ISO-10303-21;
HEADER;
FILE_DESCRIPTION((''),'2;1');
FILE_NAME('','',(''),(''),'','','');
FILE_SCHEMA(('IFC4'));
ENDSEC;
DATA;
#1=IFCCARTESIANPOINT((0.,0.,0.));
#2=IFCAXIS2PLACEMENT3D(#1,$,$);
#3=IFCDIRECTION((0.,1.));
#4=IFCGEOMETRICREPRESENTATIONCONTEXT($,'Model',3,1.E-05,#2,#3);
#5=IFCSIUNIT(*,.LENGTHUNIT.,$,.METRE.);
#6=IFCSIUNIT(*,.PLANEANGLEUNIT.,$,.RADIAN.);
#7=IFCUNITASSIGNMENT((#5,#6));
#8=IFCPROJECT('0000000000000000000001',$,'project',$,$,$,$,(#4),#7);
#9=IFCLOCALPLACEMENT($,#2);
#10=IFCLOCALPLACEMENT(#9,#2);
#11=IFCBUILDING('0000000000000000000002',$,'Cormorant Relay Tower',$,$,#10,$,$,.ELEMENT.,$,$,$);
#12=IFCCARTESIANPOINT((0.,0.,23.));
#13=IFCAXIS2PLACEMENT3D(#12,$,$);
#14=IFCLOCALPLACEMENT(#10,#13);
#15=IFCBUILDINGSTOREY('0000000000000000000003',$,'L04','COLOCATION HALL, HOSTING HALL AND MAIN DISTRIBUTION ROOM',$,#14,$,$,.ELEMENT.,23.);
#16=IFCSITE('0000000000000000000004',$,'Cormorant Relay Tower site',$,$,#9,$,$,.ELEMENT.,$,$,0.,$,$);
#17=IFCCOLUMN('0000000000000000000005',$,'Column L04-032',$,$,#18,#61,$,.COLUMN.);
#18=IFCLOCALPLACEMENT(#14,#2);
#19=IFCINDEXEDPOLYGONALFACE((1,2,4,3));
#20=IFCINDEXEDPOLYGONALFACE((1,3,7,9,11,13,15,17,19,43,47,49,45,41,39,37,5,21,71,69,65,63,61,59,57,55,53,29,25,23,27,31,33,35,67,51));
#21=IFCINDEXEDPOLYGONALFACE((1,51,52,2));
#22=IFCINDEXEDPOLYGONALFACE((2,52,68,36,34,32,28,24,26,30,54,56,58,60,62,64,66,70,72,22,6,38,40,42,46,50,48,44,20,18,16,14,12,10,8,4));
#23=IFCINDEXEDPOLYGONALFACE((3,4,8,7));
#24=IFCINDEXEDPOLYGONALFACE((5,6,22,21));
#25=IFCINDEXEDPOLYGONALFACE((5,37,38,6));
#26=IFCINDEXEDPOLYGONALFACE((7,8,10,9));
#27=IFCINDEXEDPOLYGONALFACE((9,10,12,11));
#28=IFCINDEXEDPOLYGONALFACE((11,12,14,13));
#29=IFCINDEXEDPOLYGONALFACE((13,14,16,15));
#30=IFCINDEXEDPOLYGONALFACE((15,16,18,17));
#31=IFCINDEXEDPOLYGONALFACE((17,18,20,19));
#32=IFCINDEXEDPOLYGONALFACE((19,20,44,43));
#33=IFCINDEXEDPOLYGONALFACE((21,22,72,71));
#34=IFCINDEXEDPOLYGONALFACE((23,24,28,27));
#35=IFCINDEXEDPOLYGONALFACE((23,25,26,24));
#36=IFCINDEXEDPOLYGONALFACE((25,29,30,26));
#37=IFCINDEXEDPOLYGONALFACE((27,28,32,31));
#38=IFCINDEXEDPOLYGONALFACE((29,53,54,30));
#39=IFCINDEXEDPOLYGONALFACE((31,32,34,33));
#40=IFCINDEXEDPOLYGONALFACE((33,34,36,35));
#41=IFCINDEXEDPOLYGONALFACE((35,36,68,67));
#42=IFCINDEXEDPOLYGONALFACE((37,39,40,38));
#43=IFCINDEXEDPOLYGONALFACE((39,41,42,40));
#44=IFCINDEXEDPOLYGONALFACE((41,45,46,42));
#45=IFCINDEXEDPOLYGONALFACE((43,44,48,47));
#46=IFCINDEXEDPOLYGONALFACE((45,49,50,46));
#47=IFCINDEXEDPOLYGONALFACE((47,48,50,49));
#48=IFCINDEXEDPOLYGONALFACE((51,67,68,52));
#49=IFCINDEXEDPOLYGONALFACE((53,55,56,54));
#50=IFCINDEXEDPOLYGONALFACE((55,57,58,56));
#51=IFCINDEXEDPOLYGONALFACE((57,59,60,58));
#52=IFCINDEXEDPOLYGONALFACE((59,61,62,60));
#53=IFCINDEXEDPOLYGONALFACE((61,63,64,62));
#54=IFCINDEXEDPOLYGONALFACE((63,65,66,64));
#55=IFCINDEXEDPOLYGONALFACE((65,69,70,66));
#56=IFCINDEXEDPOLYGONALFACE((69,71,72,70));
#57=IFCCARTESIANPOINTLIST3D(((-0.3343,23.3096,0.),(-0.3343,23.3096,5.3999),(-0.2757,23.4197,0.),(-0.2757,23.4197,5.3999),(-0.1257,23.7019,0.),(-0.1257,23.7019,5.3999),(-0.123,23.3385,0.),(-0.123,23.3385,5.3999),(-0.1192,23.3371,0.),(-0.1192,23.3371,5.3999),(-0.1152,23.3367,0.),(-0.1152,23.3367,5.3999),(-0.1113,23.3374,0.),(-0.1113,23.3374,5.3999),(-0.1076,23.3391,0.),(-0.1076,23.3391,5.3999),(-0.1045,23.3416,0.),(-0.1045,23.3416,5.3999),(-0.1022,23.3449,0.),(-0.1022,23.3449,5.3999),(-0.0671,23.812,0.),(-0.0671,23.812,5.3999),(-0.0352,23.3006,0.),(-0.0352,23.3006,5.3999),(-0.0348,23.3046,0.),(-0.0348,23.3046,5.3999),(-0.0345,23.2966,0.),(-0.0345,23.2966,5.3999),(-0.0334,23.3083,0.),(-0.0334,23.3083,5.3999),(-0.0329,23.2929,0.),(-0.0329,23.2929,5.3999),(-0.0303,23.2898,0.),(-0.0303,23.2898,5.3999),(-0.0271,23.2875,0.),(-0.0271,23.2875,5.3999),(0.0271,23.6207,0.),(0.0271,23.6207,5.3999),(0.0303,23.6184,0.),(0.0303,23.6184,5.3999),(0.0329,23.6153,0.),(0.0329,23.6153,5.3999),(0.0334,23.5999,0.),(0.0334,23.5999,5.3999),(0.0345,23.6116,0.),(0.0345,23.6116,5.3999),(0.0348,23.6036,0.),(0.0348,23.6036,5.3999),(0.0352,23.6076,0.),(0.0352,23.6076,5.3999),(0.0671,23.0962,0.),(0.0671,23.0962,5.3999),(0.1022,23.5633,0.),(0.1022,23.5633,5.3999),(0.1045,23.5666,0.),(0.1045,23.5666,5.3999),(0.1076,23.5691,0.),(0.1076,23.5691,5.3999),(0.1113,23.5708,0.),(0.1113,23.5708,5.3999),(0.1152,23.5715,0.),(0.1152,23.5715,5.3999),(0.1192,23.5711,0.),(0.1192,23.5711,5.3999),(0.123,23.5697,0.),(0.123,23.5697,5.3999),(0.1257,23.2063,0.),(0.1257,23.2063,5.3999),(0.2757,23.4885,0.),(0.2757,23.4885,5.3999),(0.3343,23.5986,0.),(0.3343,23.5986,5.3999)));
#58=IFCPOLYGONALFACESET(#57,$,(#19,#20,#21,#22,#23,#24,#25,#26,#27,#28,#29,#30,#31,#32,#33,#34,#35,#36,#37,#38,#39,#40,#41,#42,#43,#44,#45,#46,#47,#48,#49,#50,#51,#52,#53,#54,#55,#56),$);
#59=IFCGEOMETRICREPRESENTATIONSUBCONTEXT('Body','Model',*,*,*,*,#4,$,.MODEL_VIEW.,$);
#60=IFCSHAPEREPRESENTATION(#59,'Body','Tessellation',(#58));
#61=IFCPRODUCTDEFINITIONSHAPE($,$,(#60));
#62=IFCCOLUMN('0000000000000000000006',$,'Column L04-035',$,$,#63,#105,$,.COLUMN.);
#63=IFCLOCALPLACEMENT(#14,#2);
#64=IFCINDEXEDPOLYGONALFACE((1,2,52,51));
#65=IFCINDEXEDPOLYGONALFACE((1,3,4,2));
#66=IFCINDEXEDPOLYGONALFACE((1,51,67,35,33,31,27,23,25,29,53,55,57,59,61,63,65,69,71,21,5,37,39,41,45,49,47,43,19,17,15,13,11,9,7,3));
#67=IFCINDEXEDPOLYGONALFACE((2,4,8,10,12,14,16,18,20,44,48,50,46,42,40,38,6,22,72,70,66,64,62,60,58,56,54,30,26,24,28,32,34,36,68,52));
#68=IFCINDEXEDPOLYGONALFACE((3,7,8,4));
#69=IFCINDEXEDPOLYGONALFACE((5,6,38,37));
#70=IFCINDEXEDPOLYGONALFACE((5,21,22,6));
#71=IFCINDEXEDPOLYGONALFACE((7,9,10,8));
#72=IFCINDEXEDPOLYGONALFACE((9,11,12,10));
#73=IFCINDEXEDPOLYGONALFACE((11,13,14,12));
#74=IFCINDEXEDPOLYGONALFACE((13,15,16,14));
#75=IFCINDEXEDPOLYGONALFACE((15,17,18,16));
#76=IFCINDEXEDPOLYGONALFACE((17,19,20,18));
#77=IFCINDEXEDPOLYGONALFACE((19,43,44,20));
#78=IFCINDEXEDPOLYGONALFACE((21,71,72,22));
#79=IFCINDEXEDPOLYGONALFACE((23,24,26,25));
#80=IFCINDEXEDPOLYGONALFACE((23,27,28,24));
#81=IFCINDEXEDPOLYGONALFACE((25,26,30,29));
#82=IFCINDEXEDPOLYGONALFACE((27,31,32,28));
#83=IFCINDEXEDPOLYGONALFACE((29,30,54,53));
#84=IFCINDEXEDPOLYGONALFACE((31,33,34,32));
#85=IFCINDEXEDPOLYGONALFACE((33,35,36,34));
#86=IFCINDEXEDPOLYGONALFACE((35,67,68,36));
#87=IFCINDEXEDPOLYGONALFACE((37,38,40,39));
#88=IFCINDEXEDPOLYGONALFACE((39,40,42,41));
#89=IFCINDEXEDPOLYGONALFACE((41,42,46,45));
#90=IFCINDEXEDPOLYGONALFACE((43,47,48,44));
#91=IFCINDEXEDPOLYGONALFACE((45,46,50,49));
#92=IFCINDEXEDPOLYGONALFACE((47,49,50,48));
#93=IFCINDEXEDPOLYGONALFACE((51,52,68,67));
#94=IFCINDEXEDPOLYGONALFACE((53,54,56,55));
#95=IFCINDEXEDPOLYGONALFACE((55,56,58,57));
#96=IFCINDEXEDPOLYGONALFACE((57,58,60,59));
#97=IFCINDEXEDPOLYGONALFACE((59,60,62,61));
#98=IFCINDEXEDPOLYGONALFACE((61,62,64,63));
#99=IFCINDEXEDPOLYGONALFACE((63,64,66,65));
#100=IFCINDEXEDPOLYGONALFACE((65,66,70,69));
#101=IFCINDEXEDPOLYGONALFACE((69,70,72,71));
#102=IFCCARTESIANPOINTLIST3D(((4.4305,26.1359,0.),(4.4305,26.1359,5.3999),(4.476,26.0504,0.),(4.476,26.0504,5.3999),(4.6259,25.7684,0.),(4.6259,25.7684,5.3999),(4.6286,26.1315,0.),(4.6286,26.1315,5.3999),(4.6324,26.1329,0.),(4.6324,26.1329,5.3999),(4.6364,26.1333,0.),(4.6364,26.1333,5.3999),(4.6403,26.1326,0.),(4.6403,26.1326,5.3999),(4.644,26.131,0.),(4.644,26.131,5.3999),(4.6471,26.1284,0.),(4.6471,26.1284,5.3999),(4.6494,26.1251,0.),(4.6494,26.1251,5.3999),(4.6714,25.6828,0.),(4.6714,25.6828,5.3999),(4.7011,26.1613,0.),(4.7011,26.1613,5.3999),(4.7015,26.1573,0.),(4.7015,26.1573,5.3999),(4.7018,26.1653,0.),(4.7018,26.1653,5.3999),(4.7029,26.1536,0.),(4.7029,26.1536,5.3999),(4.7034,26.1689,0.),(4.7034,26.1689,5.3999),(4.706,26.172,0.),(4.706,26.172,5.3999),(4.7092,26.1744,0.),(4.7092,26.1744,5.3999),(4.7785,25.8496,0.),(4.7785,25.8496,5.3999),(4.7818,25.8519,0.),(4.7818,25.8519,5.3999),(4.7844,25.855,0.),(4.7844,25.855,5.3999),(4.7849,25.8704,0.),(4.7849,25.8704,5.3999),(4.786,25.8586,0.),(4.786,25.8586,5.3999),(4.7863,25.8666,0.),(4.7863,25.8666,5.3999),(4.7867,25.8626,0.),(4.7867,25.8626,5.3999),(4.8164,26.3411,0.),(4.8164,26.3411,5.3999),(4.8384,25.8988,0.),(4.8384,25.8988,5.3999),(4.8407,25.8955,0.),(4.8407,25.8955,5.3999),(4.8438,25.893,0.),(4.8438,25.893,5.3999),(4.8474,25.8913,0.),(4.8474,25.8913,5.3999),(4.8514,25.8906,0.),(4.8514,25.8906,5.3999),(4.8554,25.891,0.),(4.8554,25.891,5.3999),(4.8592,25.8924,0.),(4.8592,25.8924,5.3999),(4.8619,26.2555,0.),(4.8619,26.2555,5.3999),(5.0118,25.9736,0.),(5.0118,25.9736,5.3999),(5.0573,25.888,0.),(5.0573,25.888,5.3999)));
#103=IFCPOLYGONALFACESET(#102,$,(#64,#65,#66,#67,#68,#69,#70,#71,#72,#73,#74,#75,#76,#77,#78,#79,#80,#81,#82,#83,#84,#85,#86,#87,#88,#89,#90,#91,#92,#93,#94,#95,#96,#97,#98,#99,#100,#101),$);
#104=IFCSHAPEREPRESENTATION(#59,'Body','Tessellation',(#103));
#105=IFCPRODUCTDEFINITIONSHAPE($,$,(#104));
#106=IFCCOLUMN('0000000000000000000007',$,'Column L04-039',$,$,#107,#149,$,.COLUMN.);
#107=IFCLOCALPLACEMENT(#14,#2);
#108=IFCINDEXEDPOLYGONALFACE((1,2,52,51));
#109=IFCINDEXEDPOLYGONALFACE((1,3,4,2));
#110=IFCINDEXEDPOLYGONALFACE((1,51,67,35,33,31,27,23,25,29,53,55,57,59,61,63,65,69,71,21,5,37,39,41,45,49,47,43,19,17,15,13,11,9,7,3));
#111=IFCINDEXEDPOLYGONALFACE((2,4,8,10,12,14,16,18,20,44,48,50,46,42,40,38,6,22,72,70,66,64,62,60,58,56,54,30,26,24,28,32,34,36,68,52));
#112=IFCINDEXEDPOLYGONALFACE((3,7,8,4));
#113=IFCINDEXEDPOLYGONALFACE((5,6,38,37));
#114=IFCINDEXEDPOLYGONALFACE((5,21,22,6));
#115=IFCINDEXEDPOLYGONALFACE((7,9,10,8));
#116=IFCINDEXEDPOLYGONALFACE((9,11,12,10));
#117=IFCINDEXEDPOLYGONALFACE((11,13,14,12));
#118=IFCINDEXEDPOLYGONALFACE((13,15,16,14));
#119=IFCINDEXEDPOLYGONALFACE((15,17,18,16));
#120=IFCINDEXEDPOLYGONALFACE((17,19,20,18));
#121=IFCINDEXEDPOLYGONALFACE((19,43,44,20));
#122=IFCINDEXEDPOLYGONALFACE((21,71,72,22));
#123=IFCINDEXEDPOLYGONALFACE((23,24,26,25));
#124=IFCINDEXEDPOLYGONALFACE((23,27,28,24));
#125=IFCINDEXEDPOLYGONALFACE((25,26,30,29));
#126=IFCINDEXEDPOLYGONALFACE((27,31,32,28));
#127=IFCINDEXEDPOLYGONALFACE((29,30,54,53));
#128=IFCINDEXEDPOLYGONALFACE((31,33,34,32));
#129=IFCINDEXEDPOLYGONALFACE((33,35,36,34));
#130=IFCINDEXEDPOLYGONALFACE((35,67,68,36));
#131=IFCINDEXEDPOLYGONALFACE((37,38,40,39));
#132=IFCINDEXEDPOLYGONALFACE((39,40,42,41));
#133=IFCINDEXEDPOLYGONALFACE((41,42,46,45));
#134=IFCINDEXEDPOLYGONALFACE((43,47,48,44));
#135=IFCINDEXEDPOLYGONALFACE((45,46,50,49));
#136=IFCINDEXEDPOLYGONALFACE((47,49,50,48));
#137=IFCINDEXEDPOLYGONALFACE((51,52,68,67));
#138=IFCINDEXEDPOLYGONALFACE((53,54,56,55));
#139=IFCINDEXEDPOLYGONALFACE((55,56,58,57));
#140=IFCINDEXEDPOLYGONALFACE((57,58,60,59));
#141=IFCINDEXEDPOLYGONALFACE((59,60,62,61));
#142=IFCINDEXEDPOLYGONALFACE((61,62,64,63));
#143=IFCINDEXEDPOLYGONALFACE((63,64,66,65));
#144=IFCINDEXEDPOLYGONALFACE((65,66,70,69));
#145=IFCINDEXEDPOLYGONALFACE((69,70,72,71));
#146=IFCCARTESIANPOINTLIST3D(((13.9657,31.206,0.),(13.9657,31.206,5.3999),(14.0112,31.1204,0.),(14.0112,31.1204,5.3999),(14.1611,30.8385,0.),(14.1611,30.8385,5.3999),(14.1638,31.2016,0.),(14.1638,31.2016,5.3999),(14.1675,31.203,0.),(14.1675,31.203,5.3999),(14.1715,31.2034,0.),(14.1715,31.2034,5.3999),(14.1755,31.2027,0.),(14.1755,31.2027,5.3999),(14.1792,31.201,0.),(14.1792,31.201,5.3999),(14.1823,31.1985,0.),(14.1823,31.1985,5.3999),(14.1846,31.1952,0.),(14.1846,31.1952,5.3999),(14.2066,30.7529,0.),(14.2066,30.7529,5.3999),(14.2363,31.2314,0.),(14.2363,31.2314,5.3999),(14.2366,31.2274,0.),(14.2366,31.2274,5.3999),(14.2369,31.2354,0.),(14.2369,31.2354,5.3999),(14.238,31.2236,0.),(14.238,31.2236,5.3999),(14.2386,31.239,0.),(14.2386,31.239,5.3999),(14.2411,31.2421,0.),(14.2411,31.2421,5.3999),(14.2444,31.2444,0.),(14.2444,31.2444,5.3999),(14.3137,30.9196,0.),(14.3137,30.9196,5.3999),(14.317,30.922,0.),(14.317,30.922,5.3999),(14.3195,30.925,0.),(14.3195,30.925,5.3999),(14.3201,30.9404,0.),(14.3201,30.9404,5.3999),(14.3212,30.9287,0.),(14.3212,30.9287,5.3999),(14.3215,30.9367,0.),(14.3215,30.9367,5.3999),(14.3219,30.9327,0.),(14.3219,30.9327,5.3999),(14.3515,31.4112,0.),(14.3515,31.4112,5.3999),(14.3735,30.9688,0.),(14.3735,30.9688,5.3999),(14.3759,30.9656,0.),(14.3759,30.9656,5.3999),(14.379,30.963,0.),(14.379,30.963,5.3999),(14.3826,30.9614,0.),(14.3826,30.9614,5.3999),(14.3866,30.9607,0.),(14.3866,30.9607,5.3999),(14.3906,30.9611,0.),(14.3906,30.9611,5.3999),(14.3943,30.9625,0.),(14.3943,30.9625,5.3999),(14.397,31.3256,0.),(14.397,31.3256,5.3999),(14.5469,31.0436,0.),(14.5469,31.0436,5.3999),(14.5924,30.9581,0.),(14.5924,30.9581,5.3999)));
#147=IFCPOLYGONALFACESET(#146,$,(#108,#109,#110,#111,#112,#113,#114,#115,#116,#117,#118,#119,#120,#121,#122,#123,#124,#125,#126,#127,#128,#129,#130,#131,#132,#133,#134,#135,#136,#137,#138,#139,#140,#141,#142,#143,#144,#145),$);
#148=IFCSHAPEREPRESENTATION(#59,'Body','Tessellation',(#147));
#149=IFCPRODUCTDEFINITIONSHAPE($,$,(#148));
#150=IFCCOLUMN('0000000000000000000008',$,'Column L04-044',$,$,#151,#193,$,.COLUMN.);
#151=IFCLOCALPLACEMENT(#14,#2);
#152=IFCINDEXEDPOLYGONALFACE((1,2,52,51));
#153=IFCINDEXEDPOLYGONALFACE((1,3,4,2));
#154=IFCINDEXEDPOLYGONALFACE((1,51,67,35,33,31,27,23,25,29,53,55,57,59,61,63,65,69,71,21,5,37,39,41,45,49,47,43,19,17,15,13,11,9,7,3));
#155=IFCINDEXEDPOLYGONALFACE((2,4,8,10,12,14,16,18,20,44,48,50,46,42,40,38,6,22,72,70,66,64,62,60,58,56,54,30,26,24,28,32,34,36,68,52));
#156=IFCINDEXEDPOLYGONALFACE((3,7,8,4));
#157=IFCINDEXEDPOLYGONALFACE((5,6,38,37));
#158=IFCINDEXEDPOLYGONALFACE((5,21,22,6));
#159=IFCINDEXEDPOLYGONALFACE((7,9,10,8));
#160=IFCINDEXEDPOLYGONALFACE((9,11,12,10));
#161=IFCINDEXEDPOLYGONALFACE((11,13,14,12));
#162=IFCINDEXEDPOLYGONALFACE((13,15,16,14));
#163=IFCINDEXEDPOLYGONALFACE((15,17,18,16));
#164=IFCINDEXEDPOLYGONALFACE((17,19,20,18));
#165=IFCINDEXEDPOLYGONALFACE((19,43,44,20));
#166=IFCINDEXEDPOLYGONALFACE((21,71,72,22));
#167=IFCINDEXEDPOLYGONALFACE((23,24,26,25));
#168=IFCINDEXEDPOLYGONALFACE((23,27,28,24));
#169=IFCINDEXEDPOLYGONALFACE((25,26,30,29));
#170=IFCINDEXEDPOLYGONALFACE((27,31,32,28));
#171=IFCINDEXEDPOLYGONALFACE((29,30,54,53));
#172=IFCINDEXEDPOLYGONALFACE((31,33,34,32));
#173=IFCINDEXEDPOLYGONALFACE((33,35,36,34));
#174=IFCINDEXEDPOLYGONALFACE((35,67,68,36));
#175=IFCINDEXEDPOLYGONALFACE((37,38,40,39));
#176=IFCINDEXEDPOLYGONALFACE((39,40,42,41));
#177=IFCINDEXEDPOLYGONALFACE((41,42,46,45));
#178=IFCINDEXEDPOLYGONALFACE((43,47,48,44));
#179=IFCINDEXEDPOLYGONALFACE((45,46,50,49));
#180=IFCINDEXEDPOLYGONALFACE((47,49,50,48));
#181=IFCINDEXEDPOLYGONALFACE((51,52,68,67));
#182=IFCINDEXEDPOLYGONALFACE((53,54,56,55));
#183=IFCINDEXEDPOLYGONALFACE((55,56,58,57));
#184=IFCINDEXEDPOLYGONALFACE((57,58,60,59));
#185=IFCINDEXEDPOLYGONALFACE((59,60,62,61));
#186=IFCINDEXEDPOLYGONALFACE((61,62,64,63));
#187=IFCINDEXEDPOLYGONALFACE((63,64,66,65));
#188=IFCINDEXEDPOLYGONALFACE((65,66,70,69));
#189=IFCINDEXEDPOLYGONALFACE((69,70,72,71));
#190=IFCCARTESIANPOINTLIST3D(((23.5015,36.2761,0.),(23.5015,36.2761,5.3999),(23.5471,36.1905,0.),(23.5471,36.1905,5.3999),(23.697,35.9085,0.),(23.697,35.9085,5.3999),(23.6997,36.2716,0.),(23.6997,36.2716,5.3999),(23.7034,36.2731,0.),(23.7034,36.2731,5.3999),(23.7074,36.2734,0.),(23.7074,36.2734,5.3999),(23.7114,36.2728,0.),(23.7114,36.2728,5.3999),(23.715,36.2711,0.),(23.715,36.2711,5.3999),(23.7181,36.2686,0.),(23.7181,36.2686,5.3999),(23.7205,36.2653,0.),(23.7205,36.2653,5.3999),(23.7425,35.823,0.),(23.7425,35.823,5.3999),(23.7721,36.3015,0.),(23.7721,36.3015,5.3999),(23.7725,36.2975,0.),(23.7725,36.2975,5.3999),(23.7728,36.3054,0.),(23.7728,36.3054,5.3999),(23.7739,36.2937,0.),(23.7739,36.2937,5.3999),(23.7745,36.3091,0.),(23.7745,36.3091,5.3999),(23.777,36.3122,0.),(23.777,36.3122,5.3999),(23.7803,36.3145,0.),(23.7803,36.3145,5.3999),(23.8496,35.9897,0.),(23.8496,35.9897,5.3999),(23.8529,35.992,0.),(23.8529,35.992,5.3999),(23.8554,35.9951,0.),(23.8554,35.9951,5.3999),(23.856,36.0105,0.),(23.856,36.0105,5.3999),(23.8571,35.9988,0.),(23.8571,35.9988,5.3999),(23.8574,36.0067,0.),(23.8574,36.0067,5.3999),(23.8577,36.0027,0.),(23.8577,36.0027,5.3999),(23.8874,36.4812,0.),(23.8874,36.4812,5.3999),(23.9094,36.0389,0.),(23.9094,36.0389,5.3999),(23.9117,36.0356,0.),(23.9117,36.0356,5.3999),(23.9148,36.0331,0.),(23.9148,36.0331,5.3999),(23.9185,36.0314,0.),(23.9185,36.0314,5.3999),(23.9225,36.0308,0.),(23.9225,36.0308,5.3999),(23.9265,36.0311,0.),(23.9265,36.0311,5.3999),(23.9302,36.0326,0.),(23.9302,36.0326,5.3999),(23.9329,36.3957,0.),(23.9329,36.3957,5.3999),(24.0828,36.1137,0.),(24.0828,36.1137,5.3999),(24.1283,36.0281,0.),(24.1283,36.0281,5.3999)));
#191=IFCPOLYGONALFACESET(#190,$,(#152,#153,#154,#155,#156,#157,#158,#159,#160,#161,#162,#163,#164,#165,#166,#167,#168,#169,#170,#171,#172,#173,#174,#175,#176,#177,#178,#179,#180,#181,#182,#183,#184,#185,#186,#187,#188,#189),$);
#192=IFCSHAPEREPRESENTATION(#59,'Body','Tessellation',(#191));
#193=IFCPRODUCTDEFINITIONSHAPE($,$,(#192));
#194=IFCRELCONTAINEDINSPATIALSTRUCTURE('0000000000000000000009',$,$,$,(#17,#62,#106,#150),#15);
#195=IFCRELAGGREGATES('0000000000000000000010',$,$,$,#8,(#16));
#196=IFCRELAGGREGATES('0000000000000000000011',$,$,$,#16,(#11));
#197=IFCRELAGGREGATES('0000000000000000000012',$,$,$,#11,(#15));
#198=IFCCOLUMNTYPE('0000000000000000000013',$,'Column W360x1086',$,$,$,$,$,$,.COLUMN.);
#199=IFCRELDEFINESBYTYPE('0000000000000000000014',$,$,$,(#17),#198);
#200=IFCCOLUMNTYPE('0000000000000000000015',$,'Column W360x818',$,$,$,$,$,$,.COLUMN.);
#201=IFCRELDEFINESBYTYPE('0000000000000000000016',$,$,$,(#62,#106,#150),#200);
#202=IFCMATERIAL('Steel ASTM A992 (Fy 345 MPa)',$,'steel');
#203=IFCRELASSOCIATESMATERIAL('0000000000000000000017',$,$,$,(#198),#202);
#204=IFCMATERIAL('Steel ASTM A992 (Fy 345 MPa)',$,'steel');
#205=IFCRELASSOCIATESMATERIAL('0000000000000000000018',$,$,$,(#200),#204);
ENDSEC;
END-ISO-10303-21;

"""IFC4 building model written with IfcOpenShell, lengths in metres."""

from ifc_helpers import new_model, si_unit, direction, frame, origin, origin_2d, place, context, subcontext, project, spatial, i_section, extrude, material, material_profile, profile_set, type_object, element, save


model = new_model("IFC4")

# Units and contexts
model_context = context("Model", 3, precision=1e-05, world=origin(), true_north=direction((0.0, 1.0)))
body_context = subcontext(model_context, "Body", "Model", "MODEL_VIEW")
ifc_project = project(units=[si_unit("LENGTHUNIT", "METRE"), si_unit("PLANEANGLEUNIT", "RADIAN")], contexts=[model_context])

# Site, building, storey
site_placement = place(None, origin())
site = spatial("IfcSite", under=ifc_project, at=site_placement, Name="Cormorant Relay Tower site", CompositionType="ELEMENT", RefElevation=0.0)
building_placement = place(site_placement, origin())
building = spatial("IfcBuilding", under=site, at=building_placement, Name="Cormorant Relay Tower", CompositionType="ELEMENT")
storey_placement = place(building_placement, frame((0.0, 0.0, 23.0)))
storey = spatial("IfcBuildingStorey", under=building, at=storey_placement, Name="L04", Description="COLOCATION HALL, HOSTING HALL AND MAIN DISTRIBUTION ROOM", CompositionType="ELEMENT", Elevation=23.0)

# Columns
ifc_material_1 = material(Name="Steel ASTM A992 (Fy 345 MPa)", Category="steel")
ifc_material_profile_1 = material_profile(ifc_material_1, i_section(OverallWidth=0.4546, OverallDepth=0.5691, WebThickness=0.0779, FlangeThickness=0.1248, FilletRadius=0.0154, at=origin_2d()), Name="W360x1086")
ifc_profile_set_1 = profile_set([ifc_material_profile_1], Name="Steel ASTM A992 (Fy 345 MPa)")
column_type_1 = type_object("IfcColumnType", Name="Column W360x1086", PredefinedType="COLUMN", material=ifc_profile_set_1)
column_placement = place(storey_placement, frame((0.0, 23.4541, 0.0), z_axis=(0.0, 0.0, 1.0), x_axis=(-0.882948, 0.469472, 0.0)))
element("IfcColumn", 1, at=column_placement, inside=storey, type_object=column_type_1, Name="Column L04-032", PredefinedType="COLUMN", context=body_context, shape_type="SweptSolid", body=[
    extrude(i_section(OverallWidth=0.4546, OverallDepth=0.5691, WebThickness=0.0779, FlangeThickness=0.1248, FilletRadius=0.0154, at=origin_2d()), origin(), (0.0, 0.0, 1.0), 5.3999),
])
ifc_material_2 = material(Name="Steel ASTM A992 (Fy 345 MPa)", Category="steel")
ifc_material_profile_2 = material_profile(ifc_material_2, i_section(OverallWidth=0.437, OverallDepth=0.5132, WebThickness=0.0605, FlangeThickness=0.0969, FilletRadius=0.0154, at=origin_2d()), Name="W360x818")
ifc_profile_set_2 = profile_set([ifc_material_profile_2], Name="Steel ASTM A992 (Fy 345 MPa)")
column_type_2 = type_object("IfcColumnType", Name="Column W360x818", PredefinedType="COLUMN", material=ifc_profile_set_2)
for number, where, z_axis, x_axis, name in (
    (2, (4.7439, 26.012, 0.0), (0.0, 0.0, 1.0), (-0.882948, -0.469472, 0.0), "Column L04-035"),
    (3, (14.2791, 31.082, 0.0), (0.0, 0.0, 1.0), (-0.882948, -0.469472, 0.0), "Column L04-039"),
    (4, (23.8149, 36.1521, 0.0), (0.0, 0.0, 1.0), (-0.882948, -0.469472, 0.0), "Column L04-044"),
):
    element("IfcColumn", number, at=place(storey_placement, frame(where, z_axis=z_axis, x_axis=x_axis)), inside=storey, type_object=column_type_2, Name=name, PredefinedType="COLUMN", context=body_context, shape_type="SweptSolid", body=[
        extrude(i_section(OverallWidth=0.437, OverallDepth=0.5132, WebThickness=0.0605, FlangeThickness=0.0969, FilletRadius=0.0154, at=origin_2d()), origin(), (0.0, 0.0, 1.0), 5.3999),
    ])

save(model, "model.ifc")
